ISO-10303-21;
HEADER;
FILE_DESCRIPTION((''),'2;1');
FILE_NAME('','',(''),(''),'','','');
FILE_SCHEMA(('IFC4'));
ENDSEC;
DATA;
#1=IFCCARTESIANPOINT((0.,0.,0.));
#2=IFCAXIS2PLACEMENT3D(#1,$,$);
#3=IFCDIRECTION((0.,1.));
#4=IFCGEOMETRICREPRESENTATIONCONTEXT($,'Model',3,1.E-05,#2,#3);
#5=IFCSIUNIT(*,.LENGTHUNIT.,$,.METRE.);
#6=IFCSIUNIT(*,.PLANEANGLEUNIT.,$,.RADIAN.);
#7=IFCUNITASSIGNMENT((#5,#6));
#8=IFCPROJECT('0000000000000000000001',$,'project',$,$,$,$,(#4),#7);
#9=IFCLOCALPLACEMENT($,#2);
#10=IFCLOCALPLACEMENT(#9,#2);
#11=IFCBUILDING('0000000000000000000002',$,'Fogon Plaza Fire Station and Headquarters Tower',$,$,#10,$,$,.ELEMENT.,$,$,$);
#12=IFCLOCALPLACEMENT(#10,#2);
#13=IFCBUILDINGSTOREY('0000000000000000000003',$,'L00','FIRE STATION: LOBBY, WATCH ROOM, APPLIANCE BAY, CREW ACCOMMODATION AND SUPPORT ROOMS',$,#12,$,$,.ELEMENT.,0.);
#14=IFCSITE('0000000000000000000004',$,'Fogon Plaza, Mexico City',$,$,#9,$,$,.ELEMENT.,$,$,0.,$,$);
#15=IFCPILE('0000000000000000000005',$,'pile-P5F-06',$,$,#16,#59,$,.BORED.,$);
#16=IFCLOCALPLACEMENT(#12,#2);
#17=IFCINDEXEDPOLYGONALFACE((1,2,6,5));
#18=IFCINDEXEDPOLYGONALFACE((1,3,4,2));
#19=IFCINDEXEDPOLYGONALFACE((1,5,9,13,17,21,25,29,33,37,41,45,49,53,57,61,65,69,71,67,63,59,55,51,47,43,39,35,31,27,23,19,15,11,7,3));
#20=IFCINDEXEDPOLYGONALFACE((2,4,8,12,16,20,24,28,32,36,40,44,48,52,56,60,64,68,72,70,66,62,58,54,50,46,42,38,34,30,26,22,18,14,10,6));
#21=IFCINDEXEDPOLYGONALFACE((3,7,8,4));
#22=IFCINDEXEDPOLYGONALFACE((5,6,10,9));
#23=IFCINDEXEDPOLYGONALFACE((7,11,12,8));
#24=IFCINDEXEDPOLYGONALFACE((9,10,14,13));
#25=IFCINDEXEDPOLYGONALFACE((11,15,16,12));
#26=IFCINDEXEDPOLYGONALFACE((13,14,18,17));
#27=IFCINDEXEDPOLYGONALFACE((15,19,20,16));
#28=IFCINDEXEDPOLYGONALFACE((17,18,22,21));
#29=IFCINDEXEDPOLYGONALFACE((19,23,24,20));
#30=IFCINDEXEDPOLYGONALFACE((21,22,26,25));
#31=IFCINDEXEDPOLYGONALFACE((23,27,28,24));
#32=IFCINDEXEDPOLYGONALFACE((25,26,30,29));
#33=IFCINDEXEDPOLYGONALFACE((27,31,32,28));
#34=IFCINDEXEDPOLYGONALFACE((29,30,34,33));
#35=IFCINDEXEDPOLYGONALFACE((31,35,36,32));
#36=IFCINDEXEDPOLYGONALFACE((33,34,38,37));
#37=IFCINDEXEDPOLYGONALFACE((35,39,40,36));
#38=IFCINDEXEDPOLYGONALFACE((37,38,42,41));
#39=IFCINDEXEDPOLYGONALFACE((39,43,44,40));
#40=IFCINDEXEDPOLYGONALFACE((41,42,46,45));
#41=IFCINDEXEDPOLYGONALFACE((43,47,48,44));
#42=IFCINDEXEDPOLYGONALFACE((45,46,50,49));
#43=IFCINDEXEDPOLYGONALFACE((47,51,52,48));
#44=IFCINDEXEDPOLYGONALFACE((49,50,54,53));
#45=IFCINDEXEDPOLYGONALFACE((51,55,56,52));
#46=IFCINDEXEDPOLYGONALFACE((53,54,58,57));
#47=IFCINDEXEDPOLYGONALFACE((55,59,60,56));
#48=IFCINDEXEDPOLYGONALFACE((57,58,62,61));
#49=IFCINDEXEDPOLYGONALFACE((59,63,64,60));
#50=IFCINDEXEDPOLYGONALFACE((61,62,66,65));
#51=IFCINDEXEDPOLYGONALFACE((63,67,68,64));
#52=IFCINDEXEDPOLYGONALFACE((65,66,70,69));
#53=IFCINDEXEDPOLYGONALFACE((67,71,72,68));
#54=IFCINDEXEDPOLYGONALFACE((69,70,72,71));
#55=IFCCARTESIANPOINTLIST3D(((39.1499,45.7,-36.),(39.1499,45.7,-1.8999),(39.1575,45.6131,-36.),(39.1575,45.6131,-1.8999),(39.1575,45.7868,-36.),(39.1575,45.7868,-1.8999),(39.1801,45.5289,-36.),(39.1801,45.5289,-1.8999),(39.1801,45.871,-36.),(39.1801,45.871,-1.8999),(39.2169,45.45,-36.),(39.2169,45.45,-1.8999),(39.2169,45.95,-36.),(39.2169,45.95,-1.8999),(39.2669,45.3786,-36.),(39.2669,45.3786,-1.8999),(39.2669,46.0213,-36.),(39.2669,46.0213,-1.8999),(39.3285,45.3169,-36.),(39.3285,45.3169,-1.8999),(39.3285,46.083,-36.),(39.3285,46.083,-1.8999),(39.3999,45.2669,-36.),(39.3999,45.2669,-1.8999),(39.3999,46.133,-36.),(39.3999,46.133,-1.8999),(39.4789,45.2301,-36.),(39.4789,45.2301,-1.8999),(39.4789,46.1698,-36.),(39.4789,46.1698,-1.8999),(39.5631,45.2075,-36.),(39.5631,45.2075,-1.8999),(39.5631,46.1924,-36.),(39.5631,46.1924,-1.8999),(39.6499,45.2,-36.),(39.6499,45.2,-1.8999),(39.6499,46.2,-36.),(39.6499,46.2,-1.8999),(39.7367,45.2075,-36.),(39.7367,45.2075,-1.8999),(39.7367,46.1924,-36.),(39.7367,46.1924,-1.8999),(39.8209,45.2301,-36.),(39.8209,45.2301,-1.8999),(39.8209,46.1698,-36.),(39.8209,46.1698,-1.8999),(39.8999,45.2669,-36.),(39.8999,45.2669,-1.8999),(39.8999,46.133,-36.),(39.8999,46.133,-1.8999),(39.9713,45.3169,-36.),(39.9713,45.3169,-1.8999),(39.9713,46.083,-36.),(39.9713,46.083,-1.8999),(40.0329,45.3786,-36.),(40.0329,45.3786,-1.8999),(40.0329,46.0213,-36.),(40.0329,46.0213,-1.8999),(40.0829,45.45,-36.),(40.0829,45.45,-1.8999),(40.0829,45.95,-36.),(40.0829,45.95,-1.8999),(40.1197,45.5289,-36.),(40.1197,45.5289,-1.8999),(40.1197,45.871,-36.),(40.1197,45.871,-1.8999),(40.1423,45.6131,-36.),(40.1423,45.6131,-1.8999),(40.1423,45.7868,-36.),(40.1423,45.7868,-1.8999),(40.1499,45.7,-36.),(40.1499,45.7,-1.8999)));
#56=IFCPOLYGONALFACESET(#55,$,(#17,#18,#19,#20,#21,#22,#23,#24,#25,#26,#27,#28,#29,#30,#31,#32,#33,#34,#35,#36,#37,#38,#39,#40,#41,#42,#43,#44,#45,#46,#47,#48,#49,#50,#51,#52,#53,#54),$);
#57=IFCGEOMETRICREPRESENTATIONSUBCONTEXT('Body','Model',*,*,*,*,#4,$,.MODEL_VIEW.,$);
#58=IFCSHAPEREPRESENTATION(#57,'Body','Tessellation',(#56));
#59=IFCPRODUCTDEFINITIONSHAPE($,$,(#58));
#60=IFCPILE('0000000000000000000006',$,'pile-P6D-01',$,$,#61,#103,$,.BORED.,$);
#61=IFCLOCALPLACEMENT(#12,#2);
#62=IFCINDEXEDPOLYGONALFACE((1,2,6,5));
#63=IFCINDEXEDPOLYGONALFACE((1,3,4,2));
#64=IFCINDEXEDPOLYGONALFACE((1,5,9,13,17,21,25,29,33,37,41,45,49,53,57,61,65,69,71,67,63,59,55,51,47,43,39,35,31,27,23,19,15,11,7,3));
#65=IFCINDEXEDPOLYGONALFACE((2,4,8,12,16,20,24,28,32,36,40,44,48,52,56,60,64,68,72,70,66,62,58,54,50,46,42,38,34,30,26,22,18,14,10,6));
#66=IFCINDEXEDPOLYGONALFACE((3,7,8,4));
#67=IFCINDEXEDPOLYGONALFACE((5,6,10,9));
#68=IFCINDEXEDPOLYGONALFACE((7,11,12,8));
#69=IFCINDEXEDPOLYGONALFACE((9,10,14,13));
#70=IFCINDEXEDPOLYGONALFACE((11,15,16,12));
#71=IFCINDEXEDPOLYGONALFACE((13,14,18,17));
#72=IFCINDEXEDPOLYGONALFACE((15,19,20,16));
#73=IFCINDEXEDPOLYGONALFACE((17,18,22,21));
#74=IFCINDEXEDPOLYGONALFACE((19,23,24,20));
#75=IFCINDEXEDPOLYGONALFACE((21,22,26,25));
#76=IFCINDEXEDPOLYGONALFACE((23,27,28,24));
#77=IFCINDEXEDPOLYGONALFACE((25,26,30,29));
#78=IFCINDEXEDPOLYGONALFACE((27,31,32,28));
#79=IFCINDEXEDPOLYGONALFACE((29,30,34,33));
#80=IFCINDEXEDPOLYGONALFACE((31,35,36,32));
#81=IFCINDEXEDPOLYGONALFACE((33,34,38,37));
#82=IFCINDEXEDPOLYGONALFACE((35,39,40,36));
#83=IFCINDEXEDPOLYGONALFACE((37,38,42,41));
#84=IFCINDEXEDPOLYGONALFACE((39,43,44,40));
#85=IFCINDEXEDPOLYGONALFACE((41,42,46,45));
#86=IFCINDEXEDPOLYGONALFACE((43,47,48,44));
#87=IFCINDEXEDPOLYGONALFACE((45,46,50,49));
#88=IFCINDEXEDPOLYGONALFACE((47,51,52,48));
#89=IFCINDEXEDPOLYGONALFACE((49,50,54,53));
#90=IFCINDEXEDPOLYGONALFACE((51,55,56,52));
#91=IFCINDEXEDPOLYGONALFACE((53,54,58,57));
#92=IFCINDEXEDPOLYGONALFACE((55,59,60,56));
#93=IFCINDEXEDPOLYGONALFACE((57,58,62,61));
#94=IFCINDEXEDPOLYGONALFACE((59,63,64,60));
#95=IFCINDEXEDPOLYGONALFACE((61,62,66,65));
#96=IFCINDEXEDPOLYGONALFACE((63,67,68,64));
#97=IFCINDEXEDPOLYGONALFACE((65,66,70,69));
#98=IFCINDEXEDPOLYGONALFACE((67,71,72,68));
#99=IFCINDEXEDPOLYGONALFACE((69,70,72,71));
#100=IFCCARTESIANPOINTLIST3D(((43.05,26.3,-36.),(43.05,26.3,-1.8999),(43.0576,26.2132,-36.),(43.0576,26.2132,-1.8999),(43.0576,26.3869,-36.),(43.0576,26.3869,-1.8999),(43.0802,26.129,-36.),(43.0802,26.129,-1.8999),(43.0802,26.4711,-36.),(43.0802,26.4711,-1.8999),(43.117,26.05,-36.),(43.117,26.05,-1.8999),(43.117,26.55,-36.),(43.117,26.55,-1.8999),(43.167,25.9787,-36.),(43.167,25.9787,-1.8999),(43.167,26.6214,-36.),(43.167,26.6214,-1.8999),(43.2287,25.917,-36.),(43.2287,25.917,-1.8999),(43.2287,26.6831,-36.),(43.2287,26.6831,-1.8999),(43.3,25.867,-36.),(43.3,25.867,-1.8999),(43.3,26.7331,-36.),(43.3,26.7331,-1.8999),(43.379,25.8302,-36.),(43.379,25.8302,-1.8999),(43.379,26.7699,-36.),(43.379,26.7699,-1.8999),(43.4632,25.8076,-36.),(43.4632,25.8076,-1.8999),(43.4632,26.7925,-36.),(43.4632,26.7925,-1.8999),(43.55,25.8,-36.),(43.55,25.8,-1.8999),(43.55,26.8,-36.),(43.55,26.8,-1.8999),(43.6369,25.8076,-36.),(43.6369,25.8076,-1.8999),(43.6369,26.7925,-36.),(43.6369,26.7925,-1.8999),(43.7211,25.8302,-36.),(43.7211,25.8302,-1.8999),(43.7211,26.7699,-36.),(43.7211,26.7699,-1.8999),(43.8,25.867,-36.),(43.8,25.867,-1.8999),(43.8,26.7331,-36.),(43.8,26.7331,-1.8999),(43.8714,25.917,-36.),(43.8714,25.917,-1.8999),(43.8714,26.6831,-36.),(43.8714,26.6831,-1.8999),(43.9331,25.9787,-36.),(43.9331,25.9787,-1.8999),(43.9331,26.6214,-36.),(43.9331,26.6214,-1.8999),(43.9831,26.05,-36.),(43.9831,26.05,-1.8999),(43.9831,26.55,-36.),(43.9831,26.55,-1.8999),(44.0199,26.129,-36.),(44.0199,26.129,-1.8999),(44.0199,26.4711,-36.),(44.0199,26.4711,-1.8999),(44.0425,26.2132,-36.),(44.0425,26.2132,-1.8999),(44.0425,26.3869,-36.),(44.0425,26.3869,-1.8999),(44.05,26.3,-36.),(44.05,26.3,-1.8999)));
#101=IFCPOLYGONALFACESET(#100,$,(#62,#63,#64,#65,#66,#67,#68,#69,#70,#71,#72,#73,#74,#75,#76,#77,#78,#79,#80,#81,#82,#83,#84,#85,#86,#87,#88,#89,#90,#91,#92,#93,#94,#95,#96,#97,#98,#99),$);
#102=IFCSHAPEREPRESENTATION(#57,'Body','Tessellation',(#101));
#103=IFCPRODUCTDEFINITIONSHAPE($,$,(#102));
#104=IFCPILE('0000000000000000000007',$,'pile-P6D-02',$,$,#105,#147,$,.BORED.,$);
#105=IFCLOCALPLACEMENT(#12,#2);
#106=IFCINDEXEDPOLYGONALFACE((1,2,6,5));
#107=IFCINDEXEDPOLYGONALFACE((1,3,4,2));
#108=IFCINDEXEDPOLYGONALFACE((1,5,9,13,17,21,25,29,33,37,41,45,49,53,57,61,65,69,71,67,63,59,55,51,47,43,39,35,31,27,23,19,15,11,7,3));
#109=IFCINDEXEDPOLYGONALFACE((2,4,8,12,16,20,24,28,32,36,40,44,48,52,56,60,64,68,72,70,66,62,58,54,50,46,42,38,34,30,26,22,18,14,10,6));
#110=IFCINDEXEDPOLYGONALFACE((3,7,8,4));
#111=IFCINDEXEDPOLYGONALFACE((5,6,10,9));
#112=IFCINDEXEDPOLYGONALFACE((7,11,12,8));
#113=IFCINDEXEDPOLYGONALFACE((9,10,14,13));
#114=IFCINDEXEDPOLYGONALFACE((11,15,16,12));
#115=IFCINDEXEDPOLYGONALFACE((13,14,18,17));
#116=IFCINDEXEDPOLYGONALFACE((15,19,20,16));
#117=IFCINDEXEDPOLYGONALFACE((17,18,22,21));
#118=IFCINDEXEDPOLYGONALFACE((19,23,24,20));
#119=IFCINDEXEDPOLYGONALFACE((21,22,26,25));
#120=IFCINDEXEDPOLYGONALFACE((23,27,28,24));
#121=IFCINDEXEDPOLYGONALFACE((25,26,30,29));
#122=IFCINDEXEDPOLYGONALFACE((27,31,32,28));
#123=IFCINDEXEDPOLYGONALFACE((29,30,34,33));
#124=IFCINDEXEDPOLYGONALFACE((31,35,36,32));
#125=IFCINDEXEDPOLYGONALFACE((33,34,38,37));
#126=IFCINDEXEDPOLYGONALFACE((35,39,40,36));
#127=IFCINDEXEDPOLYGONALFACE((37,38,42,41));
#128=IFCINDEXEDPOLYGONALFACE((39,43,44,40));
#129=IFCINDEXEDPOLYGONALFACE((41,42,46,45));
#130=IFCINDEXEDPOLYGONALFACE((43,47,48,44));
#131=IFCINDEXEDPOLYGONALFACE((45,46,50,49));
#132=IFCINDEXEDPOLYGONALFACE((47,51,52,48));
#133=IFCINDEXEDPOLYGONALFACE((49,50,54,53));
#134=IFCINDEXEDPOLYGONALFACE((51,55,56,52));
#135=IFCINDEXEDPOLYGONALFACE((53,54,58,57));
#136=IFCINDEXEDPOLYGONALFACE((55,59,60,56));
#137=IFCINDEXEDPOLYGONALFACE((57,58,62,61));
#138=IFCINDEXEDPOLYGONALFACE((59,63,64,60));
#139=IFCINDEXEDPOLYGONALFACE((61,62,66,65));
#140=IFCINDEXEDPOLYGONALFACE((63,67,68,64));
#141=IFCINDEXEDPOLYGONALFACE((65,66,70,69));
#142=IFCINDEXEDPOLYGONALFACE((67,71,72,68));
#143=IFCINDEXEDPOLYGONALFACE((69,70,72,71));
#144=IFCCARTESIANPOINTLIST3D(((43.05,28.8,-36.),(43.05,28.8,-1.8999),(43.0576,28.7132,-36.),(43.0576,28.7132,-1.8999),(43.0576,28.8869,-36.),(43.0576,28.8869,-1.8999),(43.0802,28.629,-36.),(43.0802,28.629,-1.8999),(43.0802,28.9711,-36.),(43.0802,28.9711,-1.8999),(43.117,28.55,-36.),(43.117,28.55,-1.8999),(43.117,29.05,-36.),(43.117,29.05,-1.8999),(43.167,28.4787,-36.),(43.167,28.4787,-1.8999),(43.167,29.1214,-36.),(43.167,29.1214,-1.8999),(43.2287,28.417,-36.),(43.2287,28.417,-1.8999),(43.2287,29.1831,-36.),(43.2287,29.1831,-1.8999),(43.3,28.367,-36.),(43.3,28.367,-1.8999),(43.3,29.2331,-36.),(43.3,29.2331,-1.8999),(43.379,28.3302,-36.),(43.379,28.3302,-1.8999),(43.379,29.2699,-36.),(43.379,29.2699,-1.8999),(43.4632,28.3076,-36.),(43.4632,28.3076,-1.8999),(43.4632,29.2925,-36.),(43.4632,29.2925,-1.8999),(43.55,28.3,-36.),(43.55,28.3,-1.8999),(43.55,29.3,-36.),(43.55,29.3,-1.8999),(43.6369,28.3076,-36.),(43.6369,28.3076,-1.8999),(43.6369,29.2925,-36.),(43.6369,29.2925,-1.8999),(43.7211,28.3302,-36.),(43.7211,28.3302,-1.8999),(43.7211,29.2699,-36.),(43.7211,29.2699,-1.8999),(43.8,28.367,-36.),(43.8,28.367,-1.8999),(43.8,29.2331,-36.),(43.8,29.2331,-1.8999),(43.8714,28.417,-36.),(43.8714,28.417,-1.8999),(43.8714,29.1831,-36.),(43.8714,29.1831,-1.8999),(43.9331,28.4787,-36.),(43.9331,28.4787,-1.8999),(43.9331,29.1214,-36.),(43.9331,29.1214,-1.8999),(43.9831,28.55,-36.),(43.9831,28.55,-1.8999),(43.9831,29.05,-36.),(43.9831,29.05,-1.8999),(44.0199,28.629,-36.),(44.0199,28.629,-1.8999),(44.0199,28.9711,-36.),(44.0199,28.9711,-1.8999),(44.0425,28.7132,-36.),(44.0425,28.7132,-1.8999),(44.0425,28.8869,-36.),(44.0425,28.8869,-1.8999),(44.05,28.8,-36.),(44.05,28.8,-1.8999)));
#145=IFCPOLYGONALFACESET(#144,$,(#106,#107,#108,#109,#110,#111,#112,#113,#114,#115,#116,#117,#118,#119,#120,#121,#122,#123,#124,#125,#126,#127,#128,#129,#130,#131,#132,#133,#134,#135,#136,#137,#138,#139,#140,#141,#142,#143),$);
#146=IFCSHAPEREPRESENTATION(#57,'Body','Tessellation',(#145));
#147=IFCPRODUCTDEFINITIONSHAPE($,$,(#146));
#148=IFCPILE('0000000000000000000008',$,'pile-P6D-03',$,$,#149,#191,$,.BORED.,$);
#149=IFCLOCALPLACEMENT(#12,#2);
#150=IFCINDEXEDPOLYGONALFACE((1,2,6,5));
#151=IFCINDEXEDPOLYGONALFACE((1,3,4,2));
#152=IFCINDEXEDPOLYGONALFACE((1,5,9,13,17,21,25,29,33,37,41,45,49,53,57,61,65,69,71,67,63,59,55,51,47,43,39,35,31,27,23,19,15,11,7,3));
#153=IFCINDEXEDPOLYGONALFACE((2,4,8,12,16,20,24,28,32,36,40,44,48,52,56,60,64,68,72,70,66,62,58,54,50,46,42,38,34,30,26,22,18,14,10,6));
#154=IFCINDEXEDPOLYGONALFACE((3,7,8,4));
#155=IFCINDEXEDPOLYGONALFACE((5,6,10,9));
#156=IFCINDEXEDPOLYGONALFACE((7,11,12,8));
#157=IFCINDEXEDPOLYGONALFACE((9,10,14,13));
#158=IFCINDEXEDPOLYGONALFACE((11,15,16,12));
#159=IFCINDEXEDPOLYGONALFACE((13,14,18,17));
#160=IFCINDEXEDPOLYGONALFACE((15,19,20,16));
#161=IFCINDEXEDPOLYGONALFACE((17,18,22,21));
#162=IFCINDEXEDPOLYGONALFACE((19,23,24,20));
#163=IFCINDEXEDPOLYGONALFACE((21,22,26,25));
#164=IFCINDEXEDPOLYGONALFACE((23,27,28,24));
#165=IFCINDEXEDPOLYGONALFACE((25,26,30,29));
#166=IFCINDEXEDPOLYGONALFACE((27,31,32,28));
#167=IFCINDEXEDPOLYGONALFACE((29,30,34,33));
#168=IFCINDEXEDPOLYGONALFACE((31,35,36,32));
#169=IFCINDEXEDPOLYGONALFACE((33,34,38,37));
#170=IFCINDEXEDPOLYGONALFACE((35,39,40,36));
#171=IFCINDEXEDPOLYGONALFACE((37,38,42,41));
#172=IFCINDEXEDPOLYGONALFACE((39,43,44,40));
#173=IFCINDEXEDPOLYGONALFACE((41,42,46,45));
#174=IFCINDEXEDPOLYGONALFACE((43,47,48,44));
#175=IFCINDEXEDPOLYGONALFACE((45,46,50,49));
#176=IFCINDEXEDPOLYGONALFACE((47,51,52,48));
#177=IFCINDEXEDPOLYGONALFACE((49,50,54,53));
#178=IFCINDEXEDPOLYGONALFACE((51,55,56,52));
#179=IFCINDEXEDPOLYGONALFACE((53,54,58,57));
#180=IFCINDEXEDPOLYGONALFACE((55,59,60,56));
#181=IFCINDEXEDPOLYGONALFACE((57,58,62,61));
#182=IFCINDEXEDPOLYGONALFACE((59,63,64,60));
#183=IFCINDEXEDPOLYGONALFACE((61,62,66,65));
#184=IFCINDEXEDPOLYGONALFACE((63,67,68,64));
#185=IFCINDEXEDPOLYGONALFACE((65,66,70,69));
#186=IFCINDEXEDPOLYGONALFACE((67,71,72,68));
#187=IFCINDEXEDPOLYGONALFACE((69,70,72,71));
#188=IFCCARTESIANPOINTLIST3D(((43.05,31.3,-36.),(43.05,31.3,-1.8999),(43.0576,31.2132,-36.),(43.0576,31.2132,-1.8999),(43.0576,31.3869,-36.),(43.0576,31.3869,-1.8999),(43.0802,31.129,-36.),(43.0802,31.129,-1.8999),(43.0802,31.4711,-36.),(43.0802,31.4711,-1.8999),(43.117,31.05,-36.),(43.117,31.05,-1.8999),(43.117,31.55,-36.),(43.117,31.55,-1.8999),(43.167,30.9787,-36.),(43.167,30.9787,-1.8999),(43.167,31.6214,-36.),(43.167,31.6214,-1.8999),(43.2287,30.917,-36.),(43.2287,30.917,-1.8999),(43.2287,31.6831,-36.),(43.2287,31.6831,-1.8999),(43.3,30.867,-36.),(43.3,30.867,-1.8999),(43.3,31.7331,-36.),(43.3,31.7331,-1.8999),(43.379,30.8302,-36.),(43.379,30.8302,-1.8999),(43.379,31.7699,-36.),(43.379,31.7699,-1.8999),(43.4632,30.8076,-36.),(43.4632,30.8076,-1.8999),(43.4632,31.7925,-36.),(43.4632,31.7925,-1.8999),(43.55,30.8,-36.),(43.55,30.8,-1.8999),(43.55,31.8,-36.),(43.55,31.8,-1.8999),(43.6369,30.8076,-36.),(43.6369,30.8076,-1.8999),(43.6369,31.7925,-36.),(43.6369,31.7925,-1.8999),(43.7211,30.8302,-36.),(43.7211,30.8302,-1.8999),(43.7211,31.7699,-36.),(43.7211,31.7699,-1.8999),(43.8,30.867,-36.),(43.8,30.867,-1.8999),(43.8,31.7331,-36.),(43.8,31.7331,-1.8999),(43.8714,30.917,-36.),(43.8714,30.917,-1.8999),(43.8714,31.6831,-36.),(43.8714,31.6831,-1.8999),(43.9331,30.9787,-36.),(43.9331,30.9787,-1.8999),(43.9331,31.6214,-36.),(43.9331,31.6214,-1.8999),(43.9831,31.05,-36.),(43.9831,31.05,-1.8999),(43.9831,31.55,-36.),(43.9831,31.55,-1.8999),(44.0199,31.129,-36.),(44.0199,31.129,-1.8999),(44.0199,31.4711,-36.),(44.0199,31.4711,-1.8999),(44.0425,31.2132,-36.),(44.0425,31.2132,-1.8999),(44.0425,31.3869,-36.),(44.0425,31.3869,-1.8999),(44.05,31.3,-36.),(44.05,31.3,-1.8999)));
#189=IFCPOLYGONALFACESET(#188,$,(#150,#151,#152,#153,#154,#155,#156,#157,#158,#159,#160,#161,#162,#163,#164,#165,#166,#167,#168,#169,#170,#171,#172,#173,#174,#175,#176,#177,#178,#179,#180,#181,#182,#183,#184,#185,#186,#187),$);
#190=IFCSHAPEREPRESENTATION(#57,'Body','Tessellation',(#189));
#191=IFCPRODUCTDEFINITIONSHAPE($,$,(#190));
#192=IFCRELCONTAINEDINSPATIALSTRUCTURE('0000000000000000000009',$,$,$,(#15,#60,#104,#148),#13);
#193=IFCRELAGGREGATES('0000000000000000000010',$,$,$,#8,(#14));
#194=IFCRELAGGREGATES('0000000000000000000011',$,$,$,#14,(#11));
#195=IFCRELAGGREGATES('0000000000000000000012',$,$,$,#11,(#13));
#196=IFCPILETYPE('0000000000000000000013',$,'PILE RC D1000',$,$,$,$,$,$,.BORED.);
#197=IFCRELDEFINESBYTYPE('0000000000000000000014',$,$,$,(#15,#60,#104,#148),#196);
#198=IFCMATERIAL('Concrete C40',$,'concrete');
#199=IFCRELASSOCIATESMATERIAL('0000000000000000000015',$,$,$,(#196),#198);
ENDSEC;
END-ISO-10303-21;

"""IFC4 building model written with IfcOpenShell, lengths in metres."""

from ifc_helpers import new_model, si_unit, direction, frame, origin, origin_2d, place, context, subcontext, project, spatial, circle, extrude, material, material_profile, profile_set, type_object, element, save


model = new_model("IFC4")

# Units and contexts
model_context = context("Model", 3, precision=1e-05, world=origin(), true_north=direction((0.0, 1.0)))
body_context = subcontext(model_context, "Body", "Model", "MODEL_VIEW")
ifc_project = project(units=[si_unit("LENGTHUNIT", "METRE"), si_unit("PLANEANGLEUNIT", "RADIAN")], contexts=[model_context])

# Site, building, storey
site_placement = place(None, origin())
site = spatial("IfcSite", under=ifc_project, at=site_placement, Name="Fogon Plaza, Mexico City", CompositionType="ELEMENT", RefElevation=0.0)
building_placement = place(site_placement, origin())
building = spatial("IfcBuilding", under=site, at=building_placement, Name="Fogon Plaza Fire Station and Headquarters Tower", CompositionType="ELEMENT")
storey_placement = place(building_placement, origin())
storey = spatial("IfcBuildingStorey", under=building, at=storey_placement, Name="L00", Description="FIRE STATION: LOBBY, WATCH ROOM, APPLIANCE BAY, CREW ACCOMMODATION AND SUPPORT ROOMS", CompositionType="ELEMENT", Elevation=0.0)

# Piles
ifc_material_1 = material(Name="Concrete C40", Category="concrete")
ifc_material_profile_1 = material_profile(ifc_material_1, circle(Radius=0.5, at=origin_2d()), Name="RC D1000")
ifc_profile_set_1 = profile_set([ifc_material_profile_1], Name="Concrete C40")
pile_type = type_object("IfcPileType", Name="PILE RC D1000", PredefinedType="BORED", material=ifc_profile_set_1)
for number, where, z_axis, x_axis, name in (
    (1, (39.6499, 45.7, -1.8999), (0.0, 0.0, -1.0), (1.0, 0.0, 0.0), "pile-P5F-06"),
    (2, (43.55, 26.3, -1.8999), (0.0, 0.0, -1.0), (1.0, 0.0, 0.0), "pile-P6D-01"),
    (3, (43.55, 28.8, -1.8999), (0.0, 0.0, -1.0), (1.0, 0.0, 0.0), "pile-P6D-02"),
    (4, (43.55, 31.3, -1.8999), (0.0, 0.0, -1.0), (1.0, 0.0, 0.0), "pile-P6D-03"),
):
    element("IfcPile", number, at=place(storey_placement, frame(where, z_axis=z_axis, x_axis=x_axis)), inside=storey, type_object=pile_type, Name=name, PredefinedType="BORED", context=body_context, shape_type="SweptSolid", body=[
        extrude(circle(Radius=0.5, at=origin_2d()), origin(), (0.0, 0.0, 1.0), 34.1001),
    ])

save(model, "model.ifc")
